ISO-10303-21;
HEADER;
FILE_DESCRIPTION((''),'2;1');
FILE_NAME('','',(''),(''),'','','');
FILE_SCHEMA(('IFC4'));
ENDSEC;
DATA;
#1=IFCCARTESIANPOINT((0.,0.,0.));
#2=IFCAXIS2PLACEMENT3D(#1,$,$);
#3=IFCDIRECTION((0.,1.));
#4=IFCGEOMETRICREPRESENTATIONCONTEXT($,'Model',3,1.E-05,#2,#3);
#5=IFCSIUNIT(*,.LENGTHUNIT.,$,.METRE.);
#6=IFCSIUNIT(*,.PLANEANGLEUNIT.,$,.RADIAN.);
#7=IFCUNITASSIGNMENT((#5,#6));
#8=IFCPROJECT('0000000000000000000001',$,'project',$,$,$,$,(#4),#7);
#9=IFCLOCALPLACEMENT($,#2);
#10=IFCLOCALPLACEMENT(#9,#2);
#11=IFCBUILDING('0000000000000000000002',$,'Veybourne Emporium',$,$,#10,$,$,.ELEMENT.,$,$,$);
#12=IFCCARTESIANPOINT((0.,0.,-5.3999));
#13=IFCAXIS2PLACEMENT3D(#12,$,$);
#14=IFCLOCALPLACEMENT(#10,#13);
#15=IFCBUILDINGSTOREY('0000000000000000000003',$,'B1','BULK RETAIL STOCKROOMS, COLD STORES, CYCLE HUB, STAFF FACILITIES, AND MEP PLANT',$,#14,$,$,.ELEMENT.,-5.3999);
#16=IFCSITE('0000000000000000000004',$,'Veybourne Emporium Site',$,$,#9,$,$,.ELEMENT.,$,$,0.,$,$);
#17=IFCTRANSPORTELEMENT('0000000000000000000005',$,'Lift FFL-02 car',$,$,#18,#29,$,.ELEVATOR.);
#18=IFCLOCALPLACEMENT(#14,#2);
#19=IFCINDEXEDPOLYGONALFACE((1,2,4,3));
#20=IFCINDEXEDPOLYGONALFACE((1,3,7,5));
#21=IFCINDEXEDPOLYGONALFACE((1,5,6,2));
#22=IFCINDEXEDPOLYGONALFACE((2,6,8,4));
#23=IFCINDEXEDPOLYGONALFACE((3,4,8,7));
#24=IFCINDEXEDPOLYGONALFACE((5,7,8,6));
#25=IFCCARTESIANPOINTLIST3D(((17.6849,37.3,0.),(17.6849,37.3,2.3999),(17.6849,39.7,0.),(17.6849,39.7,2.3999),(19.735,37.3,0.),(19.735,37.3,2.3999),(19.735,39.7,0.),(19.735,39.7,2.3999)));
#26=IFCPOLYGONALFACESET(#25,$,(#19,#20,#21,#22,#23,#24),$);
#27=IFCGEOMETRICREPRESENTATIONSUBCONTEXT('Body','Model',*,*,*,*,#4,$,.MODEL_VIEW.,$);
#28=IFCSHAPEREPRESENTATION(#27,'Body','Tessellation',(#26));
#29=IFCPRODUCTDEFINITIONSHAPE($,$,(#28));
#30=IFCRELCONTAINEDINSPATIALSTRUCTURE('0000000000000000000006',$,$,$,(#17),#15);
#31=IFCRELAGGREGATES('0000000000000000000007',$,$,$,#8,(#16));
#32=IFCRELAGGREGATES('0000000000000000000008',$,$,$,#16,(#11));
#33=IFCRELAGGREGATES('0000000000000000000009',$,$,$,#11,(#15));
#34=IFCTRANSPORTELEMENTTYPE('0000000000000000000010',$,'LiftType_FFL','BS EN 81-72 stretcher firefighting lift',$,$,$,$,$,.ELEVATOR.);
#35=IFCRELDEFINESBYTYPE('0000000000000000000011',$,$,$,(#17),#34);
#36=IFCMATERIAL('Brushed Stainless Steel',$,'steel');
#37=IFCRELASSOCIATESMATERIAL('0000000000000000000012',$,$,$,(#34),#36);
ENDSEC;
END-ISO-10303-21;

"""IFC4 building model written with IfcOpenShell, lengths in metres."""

from ifc_helpers import new_model, si_unit, direction, frame, origin, origin_2d, place, context, subcontext, project, spatial, rectangle, extrude, material, type_object, element, save


model = new_model("IFC4")

# Units and contexts
model_context = context("Model", 3, precision=1e-05, world=origin(), true_north=direction((0.0, 1.0)))
body_context = subcontext(model_context, "Body", "Model", "MODEL_VIEW")
ifc_project = project(units=[si_unit("LENGTHUNIT", "METRE"), si_unit("PLANEANGLEUNIT", "RADIAN")], contexts=[model_context])

# Site, building, storey
site_placement = place(None, origin())
site = spatial("IfcSite", under=ifc_project, at=site_placement, Name="Veybourne Emporium Site", CompositionType="ELEMENT", RefElevation=0.0)
building_placement = place(site_placement, origin())
building = spatial("IfcBuilding", under=site, at=building_placement, Name="Veybourne Emporium", CompositionType="ELEMENT")
storey_placement = place(building_placement, frame((0.0, 0.0, -5.3999)))
storey = spatial("IfcBuildingStorey", under=building, at=storey_placement, Name="B1", Description="BULK RETAIL STOCKROOMS, COLD STORES, CYCLE HUB, STAFF FACILITIES, AND MEP PLANT", CompositionType="ELEMENT", Elevation=-5.3999)

# Shared definitions
ifc_material_1 = material(Name="Brushed Stainless Steel", Category="steel")

# Transport element
transport_element_type = type_object("IfcTransportElementType", Name="LiftType_FFL", Description="BS EN 81-72 stretcher firefighting lift", PredefinedType="ELEVATOR", material=ifc_material_1)
transport_element_placement = place(storey_placement, frame((18.71, 38.5, 0.0), z_axis=(0.0, 0.0, 1.0), x_axis=(1.0, 0.0, 0.0)))
element("IfcTransportElement", 1, at=transport_element_placement, inside=storey, type_object=transport_element_type, Name="Lift FFL-02 car", PredefinedType="ELEVATOR", context=body_context, shape_type="SweptSolid", body=[
    extrude(rectangle(XDim=2.05, YDim=2.3999, at=origin_2d()), origin(), (0.0, 0.0, 1.0), 2.3999),
])

save(model, "model.ifc")
